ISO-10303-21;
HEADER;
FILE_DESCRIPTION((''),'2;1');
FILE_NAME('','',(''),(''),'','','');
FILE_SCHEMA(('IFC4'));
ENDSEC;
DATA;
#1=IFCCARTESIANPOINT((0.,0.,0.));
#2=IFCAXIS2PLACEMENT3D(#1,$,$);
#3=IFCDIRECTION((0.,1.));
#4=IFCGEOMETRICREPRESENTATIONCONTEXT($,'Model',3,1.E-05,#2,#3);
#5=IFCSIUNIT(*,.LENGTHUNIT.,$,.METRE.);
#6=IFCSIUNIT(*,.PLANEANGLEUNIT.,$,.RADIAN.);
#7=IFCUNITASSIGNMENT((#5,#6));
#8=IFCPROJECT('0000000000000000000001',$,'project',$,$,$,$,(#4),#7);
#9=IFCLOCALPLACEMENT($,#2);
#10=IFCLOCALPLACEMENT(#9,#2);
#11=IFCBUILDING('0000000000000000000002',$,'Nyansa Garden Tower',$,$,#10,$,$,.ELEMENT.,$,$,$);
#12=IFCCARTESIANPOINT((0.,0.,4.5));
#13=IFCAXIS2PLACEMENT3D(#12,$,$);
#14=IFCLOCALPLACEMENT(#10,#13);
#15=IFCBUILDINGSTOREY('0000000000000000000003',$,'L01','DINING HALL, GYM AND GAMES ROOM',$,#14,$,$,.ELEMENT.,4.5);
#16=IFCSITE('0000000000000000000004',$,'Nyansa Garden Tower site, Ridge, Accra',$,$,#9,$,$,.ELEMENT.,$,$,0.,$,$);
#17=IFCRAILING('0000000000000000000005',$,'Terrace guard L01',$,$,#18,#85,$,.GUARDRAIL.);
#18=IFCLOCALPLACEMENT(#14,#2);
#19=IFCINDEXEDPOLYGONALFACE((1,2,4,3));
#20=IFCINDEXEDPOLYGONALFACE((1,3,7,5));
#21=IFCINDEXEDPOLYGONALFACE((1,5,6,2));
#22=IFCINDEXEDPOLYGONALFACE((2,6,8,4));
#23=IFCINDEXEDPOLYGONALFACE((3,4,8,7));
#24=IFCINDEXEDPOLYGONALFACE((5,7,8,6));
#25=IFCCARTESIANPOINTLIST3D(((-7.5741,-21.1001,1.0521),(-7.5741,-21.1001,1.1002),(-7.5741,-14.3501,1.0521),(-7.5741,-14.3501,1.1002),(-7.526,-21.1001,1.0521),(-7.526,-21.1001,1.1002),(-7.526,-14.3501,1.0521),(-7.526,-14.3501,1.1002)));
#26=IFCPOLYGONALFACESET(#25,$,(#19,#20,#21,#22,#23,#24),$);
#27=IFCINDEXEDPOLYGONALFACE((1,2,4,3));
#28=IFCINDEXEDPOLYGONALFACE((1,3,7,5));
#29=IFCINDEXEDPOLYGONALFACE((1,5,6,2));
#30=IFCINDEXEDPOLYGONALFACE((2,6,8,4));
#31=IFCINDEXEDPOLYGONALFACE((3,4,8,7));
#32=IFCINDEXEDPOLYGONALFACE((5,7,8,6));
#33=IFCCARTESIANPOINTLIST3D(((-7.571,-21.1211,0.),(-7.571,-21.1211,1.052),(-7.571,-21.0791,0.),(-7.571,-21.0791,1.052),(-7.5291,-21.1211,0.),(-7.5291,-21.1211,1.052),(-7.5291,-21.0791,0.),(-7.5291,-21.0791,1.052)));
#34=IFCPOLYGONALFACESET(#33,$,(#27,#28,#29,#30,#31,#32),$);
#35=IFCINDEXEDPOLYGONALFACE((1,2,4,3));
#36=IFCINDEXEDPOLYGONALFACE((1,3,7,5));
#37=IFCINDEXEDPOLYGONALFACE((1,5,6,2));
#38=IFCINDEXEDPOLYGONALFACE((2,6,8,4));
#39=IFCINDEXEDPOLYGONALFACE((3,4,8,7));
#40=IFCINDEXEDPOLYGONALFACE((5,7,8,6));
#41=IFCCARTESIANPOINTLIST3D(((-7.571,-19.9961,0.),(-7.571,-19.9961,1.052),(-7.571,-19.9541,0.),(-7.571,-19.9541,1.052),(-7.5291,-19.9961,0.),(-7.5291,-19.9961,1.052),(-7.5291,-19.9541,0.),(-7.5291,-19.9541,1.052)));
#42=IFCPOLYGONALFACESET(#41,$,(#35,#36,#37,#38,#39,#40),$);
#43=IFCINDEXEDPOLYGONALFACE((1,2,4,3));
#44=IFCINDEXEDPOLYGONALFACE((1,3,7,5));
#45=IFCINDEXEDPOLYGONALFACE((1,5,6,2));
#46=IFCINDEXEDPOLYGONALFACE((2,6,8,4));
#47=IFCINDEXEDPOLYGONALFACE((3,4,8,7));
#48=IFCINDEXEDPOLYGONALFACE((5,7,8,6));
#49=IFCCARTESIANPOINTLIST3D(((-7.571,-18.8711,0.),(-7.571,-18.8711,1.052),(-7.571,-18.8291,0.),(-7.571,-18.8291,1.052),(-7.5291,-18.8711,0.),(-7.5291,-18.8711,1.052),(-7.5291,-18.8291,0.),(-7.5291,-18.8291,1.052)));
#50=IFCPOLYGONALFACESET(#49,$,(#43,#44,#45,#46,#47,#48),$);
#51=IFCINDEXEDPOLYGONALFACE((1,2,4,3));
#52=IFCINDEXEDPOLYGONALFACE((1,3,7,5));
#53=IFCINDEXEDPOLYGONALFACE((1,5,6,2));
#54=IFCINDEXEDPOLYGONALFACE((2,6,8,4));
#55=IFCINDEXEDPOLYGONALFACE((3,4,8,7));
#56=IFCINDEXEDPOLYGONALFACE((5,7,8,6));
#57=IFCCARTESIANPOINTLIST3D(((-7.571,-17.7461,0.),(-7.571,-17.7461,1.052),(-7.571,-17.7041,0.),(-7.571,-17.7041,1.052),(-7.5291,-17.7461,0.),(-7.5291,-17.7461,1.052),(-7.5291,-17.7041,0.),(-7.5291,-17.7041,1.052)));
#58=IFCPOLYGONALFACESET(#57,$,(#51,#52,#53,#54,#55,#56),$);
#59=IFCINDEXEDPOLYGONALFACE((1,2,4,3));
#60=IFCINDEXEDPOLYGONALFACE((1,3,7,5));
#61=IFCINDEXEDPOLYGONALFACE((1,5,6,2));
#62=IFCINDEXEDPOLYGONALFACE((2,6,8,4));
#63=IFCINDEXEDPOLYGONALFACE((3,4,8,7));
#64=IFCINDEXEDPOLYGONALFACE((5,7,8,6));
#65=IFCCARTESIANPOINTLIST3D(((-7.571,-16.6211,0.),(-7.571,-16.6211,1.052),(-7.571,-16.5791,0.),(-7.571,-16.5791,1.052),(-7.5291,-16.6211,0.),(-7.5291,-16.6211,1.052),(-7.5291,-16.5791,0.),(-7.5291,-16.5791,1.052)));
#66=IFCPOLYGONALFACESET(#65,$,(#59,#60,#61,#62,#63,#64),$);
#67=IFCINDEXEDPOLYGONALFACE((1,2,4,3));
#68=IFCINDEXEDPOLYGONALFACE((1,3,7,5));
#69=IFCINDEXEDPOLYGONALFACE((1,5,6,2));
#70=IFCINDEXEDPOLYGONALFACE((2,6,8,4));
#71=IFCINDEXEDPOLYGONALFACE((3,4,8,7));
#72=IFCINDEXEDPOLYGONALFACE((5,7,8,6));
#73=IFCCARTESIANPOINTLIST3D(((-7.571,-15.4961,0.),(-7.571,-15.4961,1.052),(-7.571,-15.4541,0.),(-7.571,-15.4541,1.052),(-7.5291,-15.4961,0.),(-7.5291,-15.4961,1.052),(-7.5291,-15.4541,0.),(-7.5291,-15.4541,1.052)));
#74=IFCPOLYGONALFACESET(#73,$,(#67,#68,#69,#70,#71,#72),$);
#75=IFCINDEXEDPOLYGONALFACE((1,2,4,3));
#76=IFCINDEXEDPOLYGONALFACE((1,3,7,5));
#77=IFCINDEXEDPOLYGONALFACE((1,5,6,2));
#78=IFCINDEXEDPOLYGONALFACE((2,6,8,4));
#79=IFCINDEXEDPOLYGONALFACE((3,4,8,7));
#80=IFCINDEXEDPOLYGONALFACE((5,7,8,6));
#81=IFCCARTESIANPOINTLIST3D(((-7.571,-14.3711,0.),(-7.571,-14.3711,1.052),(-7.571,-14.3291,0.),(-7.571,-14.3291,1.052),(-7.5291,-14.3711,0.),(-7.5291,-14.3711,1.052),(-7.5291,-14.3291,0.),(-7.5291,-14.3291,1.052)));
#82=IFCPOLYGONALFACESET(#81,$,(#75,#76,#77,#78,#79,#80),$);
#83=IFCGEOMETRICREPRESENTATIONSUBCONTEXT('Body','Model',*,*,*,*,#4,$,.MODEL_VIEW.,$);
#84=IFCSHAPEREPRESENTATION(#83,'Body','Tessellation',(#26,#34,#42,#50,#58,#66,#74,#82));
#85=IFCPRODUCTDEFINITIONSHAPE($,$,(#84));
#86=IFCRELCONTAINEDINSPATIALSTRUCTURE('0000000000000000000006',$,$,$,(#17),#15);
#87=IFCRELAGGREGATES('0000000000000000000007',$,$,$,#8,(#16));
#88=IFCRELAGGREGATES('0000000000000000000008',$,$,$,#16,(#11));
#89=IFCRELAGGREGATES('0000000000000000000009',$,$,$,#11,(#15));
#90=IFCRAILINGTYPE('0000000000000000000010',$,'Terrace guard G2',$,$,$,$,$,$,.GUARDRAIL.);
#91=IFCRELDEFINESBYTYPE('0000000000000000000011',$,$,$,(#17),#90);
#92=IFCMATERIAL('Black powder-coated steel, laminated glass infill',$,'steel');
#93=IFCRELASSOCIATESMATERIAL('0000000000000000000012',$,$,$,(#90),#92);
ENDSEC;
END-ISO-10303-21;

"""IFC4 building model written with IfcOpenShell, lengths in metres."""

from ifc_helpers import new_model, si_unit, direction, frame, origin, origin_2d, place, context, subcontext, project, spatial, rectangle, extrude, material, type_object, element, save


model = new_model("IFC4")

# Units and contexts
model_context = context("Model", 3, precision=1e-05, world=origin(), true_north=direction((0.0, 1.0)))
body_context = subcontext(model_context, "Body", "Model", "MODEL_VIEW")
ifc_project = project(units=[si_unit("LENGTHUNIT", "METRE"), si_unit("PLANEANGLEUNIT", "RADIAN")], contexts=[model_context])

# Site, building, storey
site_placement = place(None, origin())
site = spatial("IfcSite", under=ifc_project, at=site_placement, Name="Nyansa Garden Tower site, Ridge, Accra", CompositionType="ELEMENT", RefElevation=0.0)
building_placement = place(site_placement, origin())
building = spatial("IfcBuilding", under=site, at=building_placement, Name="Nyansa Garden Tower", CompositionType="ELEMENT")
storey_placement = place(building_placement, frame((0.0, 0.0, 4.5)))
storey = spatial("IfcBuildingStorey", under=building, at=storey_placement, Name="L01", Description="DINING HALL, GYM AND GAMES ROOM", CompositionType="ELEMENT", Elevation=4.5)

# Railing
ifc_material_1 = material(Name="Black powder-coated steel, laminated glass infill", Category="steel")
railing_type = type_object("IfcRailingType", Name="Terrace guard G2", PredefinedType="GUARDRAIL", material=ifc_material_1)
railing_placement = place(storey_placement, frame((-7.55, -21.1001, 0.0)))
element("IfcRailing", 1, at=railing_placement, inside=storey, type_object=railing_type, Name="Terrace guard L01", PredefinedType="GUARDRAIL", context=body_context, shape_type="SweptSolid", body=[
    extrude(rectangle(XDim=0.0481, YDim=0.0481, at=origin_2d()), frame((0.0, 0.0, 1.0762), z_axis=(0.0, 1.0, 0.0), x_axis=(-1.0, 0.0, 0.0)), (0.0, 0.0, 1.0), 6.75),
    extrude(rectangle(XDim=0.042, YDim=0.042, at=origin_2d()), origin(), (0.0, 0.0, 1.0), 1.052),
    extrude(rectangle(XDim=0.042, YDim=0.042, at=origin_2d()), frame((0.0, 1.125, 0.0)), (0.0, 0.0, 1.0), 1.052),
    extrude(rectangle(XDim=0.042, YDim=0.042, at=origin_2d()), frame((0.0, 2.25, 0.0)), (0.0, 0.0, 1.0), 1.052),
    extrude(rectangle(XDim=0.042, YDim=0.042, at=origin_2d()), frame((0.0, 3.375, 0.0)), (0.0, 0.0, 1.0), 1.052),
    extrude(rectangle(XDim=0.042, YDim=0.042, at=origin_2d()), frame((0.0, 4.5, 0.0)), (0.0, 0.0, 1.0), 1.052),
    extrude(rectangle(XDim=0.042, YDim=0.042, at=origin_2d()), frame((0.0, 5.625, 0.0)), (0.0, 0.0, 1.0), 1.052),
    extrude(rectangle(XDim=0.042, YDim=0.042, at=origin_2d()), frame((0.0, 6.75, 0.0)), (0.0, 0.0, 1.0), 1.052),
])

save(model, "model.ifc")
